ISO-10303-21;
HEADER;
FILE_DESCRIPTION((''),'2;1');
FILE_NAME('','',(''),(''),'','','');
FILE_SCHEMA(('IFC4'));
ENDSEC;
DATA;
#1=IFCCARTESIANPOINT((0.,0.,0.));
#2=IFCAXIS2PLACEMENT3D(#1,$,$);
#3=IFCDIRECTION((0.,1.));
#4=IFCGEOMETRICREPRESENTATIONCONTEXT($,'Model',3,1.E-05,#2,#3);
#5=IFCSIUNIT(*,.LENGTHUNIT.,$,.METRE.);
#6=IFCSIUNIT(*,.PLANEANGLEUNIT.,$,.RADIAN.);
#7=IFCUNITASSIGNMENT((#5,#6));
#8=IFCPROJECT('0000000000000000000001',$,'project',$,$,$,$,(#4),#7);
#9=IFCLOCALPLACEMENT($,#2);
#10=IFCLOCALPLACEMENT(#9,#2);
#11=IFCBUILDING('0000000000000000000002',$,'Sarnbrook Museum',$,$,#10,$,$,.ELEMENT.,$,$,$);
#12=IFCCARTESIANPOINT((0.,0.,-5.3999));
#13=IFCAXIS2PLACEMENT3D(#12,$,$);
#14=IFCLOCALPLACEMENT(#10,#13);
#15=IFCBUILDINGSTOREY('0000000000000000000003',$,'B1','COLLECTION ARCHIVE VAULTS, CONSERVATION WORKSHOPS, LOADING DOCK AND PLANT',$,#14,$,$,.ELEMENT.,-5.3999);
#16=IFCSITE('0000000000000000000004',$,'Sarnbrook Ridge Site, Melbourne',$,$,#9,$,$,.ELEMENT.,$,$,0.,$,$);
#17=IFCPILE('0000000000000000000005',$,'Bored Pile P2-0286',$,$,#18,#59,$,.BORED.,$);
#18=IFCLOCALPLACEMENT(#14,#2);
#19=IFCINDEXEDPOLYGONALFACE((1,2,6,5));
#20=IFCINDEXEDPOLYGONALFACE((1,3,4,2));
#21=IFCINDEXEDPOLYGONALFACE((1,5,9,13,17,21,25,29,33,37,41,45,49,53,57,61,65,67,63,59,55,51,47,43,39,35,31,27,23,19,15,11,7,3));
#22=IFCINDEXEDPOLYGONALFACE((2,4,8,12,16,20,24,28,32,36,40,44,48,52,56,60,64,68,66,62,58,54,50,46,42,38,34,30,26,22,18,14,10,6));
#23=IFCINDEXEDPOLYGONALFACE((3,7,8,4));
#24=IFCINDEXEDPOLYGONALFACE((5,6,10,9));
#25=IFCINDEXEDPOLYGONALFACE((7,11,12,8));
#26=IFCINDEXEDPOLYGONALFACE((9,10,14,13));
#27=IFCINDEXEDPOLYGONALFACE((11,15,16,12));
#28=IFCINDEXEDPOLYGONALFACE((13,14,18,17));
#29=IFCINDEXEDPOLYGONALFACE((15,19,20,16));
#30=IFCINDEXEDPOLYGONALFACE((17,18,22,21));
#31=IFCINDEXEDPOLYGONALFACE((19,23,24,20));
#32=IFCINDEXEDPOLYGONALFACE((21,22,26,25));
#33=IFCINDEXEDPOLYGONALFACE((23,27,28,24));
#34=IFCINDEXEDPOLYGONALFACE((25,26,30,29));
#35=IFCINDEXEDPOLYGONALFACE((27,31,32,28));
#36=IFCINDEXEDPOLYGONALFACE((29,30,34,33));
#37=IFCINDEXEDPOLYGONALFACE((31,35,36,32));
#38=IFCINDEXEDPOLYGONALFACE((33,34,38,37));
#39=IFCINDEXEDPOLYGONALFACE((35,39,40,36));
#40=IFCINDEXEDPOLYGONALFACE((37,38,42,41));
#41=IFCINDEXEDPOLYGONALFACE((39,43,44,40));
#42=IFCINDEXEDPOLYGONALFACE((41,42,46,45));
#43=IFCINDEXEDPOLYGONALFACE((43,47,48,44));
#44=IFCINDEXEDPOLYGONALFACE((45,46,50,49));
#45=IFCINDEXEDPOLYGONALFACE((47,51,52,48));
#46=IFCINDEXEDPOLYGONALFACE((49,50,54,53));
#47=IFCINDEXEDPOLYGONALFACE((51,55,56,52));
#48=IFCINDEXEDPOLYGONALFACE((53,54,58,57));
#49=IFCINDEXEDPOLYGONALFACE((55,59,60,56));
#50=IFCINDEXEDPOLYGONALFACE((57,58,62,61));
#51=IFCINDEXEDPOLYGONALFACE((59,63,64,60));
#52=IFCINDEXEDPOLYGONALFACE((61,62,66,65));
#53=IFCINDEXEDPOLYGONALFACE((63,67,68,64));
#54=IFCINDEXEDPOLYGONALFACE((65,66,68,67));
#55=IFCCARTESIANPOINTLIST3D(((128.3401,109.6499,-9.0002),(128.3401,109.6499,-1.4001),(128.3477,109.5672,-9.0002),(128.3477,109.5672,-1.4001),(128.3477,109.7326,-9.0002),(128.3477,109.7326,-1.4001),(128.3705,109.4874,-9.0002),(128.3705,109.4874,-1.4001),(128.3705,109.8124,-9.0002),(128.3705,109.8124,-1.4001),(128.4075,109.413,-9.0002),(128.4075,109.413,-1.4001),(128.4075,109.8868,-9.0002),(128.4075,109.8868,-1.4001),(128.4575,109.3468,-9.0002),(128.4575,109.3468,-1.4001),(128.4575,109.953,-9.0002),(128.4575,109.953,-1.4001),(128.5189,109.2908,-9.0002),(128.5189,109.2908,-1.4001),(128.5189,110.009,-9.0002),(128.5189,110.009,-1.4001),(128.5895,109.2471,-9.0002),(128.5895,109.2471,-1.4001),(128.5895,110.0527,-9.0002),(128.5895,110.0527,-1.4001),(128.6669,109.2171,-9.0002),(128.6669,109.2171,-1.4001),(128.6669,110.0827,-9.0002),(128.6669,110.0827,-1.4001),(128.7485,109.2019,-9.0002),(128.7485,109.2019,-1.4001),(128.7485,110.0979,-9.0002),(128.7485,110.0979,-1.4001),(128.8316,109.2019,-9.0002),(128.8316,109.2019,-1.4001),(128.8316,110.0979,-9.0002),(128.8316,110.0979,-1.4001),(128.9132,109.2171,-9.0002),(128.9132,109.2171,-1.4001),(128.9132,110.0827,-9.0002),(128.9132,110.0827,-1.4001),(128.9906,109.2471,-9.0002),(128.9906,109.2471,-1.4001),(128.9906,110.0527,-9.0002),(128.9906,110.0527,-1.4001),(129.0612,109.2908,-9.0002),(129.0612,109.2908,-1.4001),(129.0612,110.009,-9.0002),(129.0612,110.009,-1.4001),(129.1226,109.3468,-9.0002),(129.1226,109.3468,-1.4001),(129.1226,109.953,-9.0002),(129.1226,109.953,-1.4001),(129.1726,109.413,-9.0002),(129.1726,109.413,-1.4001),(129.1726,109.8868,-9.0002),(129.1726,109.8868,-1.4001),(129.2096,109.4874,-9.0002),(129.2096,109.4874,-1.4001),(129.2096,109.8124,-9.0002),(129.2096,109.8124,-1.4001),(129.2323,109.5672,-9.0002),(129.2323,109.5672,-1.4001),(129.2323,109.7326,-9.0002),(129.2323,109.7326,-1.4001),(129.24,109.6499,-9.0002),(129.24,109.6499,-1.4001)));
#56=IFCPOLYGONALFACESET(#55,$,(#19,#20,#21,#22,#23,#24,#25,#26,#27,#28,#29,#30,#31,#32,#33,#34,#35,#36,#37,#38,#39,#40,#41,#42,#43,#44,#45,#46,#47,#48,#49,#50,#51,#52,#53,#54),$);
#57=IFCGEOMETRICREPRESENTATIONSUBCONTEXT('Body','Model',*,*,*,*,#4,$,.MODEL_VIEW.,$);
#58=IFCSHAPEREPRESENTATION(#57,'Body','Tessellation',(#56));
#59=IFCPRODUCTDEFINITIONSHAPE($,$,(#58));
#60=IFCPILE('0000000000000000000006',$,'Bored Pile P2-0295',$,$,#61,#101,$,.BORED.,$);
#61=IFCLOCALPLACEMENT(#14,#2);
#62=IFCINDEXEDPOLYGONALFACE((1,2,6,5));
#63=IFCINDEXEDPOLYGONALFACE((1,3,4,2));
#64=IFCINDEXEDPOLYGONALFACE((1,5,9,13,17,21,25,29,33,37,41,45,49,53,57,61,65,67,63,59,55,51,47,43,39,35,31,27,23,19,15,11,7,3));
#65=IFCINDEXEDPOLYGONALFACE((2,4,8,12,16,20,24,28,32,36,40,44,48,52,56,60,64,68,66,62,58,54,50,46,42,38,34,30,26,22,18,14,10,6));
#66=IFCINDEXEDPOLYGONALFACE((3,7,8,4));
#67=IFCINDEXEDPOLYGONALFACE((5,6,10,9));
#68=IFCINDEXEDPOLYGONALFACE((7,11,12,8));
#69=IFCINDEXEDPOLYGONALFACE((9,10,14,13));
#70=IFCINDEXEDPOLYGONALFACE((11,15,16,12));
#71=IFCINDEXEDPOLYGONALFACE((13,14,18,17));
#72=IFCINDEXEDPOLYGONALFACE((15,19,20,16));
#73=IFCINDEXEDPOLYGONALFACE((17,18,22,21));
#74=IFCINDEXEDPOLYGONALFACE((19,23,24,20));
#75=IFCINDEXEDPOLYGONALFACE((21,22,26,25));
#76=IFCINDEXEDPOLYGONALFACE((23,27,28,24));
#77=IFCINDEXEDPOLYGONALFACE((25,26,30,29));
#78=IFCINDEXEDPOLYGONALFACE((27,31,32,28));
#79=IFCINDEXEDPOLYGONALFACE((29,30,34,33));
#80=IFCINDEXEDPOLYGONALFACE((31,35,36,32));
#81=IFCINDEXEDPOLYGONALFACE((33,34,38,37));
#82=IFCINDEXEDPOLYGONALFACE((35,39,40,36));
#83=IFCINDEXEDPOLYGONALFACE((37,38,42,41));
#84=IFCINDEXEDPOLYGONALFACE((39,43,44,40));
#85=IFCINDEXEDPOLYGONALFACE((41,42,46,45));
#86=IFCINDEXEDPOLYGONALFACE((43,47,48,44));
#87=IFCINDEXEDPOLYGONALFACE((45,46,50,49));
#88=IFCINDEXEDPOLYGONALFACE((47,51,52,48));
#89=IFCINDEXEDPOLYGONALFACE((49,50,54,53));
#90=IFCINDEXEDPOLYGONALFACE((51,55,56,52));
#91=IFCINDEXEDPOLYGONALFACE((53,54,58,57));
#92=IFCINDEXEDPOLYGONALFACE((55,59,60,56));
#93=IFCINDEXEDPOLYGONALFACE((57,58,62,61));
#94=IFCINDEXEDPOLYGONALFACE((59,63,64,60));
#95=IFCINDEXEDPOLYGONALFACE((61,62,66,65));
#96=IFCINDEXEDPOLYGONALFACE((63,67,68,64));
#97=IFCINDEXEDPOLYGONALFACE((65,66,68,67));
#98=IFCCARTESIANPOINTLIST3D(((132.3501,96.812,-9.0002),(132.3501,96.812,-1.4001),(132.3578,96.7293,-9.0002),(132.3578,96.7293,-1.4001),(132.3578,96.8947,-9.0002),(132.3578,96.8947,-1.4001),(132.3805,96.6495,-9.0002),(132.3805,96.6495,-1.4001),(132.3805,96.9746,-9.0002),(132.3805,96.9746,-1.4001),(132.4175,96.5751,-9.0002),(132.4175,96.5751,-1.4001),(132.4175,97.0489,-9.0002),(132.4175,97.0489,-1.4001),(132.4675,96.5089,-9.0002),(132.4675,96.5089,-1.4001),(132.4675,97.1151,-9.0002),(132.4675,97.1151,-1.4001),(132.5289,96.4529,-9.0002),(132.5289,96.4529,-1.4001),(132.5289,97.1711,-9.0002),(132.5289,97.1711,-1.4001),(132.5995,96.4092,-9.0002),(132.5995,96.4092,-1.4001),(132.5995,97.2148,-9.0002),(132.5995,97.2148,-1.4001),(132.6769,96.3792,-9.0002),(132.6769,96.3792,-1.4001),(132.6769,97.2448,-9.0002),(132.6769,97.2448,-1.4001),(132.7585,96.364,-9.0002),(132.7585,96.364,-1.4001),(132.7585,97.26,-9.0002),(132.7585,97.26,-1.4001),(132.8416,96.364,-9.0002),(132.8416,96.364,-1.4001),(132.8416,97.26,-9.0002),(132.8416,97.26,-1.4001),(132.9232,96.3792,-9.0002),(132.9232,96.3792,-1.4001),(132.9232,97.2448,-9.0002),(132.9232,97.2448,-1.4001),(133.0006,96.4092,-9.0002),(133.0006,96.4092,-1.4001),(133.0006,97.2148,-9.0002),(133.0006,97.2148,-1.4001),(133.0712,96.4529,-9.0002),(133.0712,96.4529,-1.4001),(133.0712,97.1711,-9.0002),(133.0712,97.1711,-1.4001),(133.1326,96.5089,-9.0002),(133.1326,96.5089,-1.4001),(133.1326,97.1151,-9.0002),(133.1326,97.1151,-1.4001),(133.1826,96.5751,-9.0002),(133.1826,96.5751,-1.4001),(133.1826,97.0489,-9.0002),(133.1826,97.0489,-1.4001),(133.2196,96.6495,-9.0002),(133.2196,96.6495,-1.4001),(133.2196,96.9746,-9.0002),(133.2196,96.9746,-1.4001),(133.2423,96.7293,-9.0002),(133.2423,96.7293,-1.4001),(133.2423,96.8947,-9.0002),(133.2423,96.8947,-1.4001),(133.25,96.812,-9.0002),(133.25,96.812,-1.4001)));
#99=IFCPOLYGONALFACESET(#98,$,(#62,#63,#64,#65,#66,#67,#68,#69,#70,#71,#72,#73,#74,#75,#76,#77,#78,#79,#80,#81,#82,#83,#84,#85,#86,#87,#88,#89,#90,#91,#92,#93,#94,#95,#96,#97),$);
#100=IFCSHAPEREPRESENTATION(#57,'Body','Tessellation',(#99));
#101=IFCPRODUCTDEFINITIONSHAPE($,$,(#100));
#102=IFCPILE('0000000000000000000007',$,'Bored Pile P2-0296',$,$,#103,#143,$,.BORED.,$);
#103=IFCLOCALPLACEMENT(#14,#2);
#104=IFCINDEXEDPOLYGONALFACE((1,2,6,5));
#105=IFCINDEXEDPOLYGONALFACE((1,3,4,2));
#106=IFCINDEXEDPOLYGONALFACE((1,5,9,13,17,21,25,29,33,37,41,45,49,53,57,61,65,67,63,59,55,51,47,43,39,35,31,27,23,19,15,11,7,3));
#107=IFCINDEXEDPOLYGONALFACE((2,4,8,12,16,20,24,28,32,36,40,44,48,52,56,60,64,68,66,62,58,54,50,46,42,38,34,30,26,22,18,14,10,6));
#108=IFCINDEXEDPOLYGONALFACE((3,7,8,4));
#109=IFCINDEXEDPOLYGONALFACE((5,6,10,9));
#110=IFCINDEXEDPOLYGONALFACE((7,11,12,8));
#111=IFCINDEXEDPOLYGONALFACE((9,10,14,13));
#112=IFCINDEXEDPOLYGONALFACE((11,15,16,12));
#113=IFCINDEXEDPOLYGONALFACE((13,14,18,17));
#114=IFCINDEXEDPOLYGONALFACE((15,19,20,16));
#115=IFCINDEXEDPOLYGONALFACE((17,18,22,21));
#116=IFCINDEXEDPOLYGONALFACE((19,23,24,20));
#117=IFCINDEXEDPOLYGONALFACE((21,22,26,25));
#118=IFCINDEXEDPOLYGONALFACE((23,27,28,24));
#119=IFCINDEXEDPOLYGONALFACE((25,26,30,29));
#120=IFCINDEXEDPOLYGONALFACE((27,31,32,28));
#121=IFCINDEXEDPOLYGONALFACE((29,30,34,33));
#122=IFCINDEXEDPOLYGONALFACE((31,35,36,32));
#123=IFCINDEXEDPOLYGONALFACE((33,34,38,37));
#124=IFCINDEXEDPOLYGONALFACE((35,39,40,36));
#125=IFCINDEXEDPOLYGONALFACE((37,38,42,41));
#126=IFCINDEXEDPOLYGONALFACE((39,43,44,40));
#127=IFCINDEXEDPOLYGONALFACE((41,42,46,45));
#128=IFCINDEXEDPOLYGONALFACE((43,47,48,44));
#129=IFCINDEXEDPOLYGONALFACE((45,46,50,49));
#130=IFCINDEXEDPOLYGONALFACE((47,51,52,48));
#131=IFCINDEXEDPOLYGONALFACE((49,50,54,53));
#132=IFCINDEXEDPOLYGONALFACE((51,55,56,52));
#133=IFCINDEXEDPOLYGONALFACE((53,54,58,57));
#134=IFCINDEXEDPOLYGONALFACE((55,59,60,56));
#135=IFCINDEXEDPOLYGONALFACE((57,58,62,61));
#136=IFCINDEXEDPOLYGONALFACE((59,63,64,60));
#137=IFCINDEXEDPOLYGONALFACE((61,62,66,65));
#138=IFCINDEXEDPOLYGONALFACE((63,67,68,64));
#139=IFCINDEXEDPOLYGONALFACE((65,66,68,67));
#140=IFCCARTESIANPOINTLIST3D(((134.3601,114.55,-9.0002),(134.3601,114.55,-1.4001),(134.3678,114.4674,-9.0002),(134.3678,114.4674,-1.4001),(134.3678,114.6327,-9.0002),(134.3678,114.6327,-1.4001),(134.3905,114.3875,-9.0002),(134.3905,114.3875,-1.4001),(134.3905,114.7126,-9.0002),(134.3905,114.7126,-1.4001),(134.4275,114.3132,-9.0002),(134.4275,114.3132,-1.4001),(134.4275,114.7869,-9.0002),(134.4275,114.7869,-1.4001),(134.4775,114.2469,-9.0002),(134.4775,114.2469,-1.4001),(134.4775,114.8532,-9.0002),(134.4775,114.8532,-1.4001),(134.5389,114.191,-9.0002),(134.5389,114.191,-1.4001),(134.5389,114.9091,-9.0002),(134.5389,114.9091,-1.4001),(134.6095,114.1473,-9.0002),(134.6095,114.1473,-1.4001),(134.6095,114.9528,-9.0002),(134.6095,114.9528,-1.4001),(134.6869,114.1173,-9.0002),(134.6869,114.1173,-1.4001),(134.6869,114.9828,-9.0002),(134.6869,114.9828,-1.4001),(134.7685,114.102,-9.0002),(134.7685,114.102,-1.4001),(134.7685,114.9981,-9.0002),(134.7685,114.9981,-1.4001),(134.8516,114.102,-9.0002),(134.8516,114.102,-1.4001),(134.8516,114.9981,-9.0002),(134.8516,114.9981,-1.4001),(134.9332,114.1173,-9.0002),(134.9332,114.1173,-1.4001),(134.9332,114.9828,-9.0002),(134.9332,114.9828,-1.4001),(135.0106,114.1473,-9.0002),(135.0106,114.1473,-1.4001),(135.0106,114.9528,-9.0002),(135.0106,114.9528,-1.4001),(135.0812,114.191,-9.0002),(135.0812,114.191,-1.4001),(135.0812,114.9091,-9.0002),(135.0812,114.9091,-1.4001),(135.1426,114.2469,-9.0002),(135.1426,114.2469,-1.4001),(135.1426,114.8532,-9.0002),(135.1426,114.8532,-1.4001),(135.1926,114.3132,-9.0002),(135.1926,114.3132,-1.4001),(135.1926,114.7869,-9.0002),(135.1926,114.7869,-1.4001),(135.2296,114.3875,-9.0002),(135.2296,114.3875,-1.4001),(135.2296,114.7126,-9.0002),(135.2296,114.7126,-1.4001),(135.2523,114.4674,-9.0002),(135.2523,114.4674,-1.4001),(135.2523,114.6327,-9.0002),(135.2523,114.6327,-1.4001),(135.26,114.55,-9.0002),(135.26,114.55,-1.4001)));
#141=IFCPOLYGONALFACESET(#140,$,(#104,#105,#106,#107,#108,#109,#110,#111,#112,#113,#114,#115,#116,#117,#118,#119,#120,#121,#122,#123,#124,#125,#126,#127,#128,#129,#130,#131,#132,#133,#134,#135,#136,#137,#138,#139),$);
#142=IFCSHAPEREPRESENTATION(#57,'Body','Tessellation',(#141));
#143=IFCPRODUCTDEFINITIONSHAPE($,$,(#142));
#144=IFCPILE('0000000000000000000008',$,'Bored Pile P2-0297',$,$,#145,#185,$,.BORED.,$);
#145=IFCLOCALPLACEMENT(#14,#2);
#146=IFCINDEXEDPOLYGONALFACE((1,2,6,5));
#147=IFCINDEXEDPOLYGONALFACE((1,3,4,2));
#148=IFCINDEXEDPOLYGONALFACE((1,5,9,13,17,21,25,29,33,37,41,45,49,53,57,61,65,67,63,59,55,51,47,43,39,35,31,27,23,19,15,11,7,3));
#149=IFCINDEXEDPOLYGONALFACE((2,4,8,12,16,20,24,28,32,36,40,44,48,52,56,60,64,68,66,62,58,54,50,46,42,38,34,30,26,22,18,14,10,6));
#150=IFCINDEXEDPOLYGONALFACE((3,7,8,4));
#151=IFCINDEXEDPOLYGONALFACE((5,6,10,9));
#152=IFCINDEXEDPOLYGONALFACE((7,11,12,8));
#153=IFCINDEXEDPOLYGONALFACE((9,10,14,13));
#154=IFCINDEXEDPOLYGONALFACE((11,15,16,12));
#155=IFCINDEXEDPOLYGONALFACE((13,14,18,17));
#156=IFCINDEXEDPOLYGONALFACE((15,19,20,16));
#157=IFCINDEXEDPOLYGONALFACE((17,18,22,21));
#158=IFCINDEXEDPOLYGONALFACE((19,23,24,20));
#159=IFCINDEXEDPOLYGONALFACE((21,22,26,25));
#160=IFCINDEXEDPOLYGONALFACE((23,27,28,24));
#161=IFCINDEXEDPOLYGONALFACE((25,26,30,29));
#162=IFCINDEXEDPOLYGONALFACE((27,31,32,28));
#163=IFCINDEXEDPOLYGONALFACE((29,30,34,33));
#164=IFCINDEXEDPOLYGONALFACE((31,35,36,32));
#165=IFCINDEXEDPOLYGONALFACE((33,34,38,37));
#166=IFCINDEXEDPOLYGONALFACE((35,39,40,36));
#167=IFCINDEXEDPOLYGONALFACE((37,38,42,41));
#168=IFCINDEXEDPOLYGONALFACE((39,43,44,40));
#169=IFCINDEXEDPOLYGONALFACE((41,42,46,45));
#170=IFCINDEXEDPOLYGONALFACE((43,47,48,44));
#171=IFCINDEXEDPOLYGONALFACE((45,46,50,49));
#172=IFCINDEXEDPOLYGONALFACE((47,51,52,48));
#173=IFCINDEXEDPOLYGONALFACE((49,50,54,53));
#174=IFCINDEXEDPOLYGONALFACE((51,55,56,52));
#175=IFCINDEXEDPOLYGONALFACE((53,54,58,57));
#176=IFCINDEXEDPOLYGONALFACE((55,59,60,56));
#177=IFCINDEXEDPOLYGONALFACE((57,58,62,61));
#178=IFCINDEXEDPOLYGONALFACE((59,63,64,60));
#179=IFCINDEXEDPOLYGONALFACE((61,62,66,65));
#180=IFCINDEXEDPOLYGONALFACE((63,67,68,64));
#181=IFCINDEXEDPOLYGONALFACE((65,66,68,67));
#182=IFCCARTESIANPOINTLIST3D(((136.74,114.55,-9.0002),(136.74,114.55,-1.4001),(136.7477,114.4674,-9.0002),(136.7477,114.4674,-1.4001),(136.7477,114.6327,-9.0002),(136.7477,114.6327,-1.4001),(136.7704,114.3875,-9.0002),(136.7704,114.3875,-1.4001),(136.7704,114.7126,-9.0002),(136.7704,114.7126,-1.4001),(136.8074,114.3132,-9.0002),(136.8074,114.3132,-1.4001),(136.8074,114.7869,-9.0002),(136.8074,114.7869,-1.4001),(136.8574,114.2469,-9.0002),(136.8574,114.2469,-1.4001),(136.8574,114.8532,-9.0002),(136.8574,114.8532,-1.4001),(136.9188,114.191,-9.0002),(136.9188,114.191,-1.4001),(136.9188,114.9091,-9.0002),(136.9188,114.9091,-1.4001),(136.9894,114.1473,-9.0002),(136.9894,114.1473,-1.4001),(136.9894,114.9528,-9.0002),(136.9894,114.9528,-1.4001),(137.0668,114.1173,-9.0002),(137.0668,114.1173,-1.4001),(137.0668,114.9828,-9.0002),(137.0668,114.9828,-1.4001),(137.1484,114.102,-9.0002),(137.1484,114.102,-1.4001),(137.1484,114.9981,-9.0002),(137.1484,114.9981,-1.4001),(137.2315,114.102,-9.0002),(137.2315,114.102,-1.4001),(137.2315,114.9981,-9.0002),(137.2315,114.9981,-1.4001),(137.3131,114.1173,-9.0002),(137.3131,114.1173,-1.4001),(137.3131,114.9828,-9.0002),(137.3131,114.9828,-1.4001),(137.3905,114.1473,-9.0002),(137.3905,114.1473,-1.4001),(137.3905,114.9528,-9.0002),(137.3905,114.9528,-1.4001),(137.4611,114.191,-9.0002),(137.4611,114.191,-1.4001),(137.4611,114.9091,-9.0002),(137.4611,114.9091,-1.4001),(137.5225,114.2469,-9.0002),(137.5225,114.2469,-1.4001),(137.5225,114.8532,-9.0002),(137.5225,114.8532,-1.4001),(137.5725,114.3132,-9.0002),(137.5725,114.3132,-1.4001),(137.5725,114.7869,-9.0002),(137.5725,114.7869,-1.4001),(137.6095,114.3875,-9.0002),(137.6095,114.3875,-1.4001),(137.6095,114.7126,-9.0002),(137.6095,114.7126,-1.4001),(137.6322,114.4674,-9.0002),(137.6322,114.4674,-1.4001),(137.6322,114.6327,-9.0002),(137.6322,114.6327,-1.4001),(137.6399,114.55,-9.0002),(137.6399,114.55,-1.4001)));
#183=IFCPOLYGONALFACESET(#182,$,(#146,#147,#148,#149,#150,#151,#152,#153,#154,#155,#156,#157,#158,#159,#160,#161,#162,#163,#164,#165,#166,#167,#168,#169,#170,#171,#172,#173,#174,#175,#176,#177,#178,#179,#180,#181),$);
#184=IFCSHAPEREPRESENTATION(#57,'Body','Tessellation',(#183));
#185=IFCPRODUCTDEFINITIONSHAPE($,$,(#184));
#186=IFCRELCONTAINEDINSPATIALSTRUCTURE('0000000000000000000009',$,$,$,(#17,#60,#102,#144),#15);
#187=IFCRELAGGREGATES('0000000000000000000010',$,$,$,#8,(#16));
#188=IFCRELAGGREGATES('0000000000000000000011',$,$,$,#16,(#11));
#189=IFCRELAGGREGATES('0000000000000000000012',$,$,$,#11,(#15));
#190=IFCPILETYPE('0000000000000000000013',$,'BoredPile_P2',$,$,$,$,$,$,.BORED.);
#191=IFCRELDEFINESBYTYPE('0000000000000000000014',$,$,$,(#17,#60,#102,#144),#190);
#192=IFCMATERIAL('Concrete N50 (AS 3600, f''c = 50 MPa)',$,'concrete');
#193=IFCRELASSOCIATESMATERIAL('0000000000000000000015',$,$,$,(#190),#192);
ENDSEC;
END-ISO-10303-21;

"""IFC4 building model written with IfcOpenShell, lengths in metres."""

from ifc_helpers import new_model, si_unit, direction, frame, origin, origin_2d, place, context, subcontext, project, spatial, circle, extrude, material, material_profile, profile_set, type_object, element, save


model = new_model("IFC4")

# Units and contexts
model_context = context("Model", 3, precision=1e-05, world=origin(), true_north=direction((0.0, 1.0)))
body_context = subcontext(model_context, "Body", "Model", "MODEL_VIEW")
ifc_project = project(units=[si_unit("LENGTHUNIT", "METRE"), si_unit("PLANEANGLEUNIT", "RADIAN")], contexts=[model_context])

# Site, building, storey
site_placement = place(None, origin())
site = spatial("IfcSite", under=ifc_project, at=site_placement, Name="Sarnbrook Ridge Site, Melbourne", CompositionType="ELEMENT", RefElevation=0.0)
building_placement = place(site_placement, origin())
building = spatial("IfcBuilding", under=site, at=building_placement, Name="Sarnbrook Museum", CompositionType="ELEMENT")
storey_placement = place(building_placement, frame((0.0, 0.0, -5.3999)))
storey = spatial("IfcBuildingStorey", under=building, at=storey_placement, Name="B1", Description="COLLECTION ARCHIVE VAULTS, CONSERVATION WORKSHOPS, LOADING DOCK AND PLANT", CompositionType="ELEMENT", Elevation=-5.3999)

# Piles
ifc_material_1 = material(Name="Concrete N50 (AS 3600, f'c = 50 MPa)", Category="concrete")
ifc_material_profile_1 = material_profile(ifc_material_1, circle(Radius=0.45, at=origin_2d()), Name="BORED PILE D900")
ifc_profile_set_1 = profile_set([ifc_material_profile_1], Name="Concrete N50 (AS 3600, f'c = 50 MPa)")
pile_type = type_object("IfcPileType", Name="BoredPile_P2", PredefinedType="BORED", material=ifc_profile_set_1)
for number, where, z_axis, x_axis, name in (
    (1, (128.79, 109.6499, -1.4001), (0.0, 0.0, -1.0), (1.0, 0.0, 0.0), "Bored Pile P2-0286"),
    (2, (132.8, 96.812, -1.4001), (0.0, 0.0, -1.0), (1.0, 0.0, 0.0), "Bored Pile P2-0295"),
    (3, (134.8101, 114.55, -1.4001), (0.0, 0.0, -1.0), (1.0, 0.0, 0.0), "Bored Pile P2-0296"),
    (4, (137.1899, 114.55, -1.4001), (0.0, 0.0, -1.0), (1.0, 0.0, 0.0), "Bored Pile P2-0297"),
):
    element("IfcPile", number, at=place(storey_placement, frame(where, z_axis=z_axis, x_axis=x_axis)), inside=storey, type_object=pile_type, Name=name, PredefinedType="BORED", context=body_context, shape_type="SweptSolid", body=[
        extrude(circle(Radius=0.45, at=origin_2d()), origin(), (0.0, 0.0, 1.0), 7.6001),
    ])

save(model, "model.ifc")
